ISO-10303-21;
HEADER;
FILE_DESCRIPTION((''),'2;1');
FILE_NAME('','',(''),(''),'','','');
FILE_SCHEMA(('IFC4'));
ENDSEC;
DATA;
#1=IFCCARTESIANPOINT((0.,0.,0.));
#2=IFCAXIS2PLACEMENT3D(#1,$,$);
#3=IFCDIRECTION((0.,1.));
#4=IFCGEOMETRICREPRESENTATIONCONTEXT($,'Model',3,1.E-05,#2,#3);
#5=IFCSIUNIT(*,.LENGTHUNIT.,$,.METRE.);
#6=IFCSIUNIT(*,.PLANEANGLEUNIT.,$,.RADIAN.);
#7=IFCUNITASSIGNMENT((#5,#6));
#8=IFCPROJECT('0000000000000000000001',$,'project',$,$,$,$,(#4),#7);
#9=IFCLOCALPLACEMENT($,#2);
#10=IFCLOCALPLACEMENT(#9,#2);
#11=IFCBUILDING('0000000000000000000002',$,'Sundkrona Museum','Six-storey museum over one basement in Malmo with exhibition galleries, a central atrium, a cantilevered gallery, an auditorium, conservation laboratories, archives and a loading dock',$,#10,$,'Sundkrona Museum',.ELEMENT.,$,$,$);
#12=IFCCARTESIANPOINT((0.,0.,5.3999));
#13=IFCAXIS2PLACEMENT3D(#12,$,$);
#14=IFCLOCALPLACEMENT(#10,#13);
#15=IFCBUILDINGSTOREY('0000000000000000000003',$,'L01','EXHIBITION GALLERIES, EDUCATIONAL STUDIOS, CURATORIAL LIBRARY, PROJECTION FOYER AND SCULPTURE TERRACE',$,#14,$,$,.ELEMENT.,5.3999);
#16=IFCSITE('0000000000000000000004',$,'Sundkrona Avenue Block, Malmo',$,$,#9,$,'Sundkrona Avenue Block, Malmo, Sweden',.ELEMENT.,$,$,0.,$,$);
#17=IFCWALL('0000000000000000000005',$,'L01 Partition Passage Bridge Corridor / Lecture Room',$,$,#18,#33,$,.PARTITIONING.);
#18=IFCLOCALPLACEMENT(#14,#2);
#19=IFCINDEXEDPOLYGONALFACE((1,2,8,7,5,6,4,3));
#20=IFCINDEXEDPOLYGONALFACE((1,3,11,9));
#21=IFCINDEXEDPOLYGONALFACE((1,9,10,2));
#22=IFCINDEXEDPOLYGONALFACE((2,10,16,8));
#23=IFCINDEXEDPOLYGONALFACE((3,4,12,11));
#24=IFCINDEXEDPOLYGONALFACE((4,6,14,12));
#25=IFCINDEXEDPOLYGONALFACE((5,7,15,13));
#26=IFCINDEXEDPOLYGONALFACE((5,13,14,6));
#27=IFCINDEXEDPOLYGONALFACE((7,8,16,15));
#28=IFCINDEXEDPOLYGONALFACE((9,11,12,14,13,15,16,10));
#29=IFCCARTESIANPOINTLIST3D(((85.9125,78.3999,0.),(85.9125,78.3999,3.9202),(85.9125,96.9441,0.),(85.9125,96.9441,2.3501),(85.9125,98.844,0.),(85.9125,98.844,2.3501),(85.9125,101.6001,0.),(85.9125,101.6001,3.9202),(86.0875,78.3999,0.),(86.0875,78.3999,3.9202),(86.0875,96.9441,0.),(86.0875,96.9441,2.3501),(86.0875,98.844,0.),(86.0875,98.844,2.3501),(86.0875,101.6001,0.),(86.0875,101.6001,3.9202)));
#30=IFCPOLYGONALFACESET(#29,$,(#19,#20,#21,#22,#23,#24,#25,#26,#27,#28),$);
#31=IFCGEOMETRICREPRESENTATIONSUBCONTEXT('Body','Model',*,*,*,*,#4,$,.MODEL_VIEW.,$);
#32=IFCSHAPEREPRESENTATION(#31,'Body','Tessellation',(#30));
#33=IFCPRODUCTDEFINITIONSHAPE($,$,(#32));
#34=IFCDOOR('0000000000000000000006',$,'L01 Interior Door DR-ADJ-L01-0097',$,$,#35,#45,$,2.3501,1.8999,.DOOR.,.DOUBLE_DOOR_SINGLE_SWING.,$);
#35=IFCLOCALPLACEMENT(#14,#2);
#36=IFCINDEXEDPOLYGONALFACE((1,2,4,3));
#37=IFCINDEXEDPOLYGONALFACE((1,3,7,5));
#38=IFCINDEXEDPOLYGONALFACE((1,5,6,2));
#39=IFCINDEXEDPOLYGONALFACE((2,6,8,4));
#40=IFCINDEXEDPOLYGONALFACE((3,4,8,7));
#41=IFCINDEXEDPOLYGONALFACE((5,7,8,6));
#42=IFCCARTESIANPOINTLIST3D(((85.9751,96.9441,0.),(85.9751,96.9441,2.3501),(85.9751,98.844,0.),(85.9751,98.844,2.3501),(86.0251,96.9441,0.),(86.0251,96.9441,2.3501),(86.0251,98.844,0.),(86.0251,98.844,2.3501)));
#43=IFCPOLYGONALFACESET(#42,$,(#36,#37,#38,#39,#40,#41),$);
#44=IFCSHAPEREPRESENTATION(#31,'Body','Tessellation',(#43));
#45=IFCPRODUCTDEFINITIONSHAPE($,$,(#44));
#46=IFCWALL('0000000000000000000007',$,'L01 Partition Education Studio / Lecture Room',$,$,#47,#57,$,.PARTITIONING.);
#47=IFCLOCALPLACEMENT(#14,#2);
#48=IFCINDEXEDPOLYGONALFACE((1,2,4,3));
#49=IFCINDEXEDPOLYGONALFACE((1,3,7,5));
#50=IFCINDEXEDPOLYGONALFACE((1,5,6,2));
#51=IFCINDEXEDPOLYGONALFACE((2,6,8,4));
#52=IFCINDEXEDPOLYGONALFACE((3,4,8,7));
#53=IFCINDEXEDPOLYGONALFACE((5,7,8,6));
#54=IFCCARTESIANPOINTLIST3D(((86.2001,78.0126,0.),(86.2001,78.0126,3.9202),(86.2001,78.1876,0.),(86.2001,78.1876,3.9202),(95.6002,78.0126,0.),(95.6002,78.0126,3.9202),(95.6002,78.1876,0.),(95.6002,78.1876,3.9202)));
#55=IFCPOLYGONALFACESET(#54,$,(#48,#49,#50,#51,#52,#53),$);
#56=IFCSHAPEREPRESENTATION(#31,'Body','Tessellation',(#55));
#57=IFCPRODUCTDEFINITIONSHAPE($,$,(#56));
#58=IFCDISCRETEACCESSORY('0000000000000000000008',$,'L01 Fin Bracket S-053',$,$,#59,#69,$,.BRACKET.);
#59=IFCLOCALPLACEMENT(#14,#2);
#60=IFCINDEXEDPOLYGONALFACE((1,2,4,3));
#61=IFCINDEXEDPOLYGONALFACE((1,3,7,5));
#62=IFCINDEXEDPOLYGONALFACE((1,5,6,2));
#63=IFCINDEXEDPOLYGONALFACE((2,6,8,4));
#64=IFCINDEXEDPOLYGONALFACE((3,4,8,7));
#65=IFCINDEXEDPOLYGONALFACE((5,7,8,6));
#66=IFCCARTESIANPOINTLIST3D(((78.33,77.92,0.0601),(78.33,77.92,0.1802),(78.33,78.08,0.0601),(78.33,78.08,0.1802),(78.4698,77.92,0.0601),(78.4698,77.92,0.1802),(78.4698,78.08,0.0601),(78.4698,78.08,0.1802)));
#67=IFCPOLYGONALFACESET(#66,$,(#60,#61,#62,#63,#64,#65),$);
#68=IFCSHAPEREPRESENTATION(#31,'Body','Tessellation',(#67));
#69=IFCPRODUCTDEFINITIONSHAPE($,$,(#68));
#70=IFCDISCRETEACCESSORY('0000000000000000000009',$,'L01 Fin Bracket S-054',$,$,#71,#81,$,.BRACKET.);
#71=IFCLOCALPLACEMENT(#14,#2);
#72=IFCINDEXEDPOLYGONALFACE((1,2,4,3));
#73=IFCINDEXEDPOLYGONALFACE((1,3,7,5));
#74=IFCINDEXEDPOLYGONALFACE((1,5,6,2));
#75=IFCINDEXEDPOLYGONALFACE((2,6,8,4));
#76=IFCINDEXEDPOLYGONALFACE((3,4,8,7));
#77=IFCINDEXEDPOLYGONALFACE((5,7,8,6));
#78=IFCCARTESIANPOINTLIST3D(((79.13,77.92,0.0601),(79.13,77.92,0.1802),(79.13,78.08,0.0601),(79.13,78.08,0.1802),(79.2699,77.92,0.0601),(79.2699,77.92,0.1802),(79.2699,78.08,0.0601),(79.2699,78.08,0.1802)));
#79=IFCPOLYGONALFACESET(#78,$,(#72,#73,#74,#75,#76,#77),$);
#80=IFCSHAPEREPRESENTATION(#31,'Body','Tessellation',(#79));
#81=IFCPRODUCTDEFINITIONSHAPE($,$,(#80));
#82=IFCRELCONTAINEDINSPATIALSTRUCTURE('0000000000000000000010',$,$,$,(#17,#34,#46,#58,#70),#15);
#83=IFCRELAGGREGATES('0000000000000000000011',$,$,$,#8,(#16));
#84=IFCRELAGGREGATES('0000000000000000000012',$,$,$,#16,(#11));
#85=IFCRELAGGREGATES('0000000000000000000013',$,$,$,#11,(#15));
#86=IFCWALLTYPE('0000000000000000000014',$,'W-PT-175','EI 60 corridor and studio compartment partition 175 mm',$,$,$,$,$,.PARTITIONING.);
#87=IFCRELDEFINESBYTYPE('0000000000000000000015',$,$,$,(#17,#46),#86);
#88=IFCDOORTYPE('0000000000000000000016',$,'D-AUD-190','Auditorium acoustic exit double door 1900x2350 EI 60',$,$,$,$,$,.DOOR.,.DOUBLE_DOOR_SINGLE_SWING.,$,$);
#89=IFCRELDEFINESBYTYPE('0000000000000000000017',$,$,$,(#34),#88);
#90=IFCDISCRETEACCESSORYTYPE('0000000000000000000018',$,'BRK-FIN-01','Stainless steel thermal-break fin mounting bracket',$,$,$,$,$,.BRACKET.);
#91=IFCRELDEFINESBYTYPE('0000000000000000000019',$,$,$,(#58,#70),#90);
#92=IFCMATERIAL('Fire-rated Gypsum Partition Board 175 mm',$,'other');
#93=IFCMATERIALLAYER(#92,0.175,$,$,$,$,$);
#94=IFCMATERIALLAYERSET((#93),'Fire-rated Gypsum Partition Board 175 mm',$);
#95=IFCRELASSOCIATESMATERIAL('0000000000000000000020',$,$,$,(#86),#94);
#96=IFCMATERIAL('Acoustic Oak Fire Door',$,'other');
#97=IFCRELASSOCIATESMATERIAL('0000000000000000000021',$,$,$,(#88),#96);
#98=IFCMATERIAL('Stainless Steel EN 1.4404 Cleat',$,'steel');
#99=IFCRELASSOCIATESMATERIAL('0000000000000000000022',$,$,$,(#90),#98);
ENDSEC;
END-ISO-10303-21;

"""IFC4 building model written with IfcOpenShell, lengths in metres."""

from ifc_helpers import new_model, si_unit, direction, frame, frame_2d, origin, origin_2d, place, context, subcontext, project, spatial, rectangle, extrude, material, layer, layer_set, type_object, element, fill, save


model = new_model("IFC4")

# Units and contexts
model_context = context("Model", 3, precision=1e-05, world=origin(), true_north=direction((0.0, 1.0)))
body_context = subcontext(model_context, "Body", "Model", "MODEL_VIEW")
ifc_project = project(units=[si_unit("LENGTHUNIT", "METRE"), si_unit("PLANEANGLEUNIT", "RADIAN")], contexts=[model_context])

# Site, building, storey
site_placement = place(None, origin())
site = spatial("IfcSite", under=ifc_project, at=site_placement, Name="Sundkrona Avenue Block, Malmo", LongName="Sundkrona Avenue Block, Malmo, Sweden", CompositionType="ELEMENT", RefElevation=0.0)
building_placement = place(site_placement, origin())
building = spatial("IfcBuilding", under=site, at=building_placement, Name="Sundkrona Museum", Description="Six-storey museum over one basement in Malmo with exhibition galleries, a central atrium, a cantilevered gallery, an auditorium, conservation laboratories, archives and a loading dock", LongName="Sundkrona Museum", CompositionType="ELEMENT")
storey_placement = place(building_placement, frame((0.0, 0.0, 5.3999)))
storey = spatial("IfcBuildingStorey", under=building, at=storey_placement, Name="L01", Description="EXHIBITION GALLERIES, EDUCATIONAL STUDIOS, CURATORIAL LIBRARY, PROJECTION FOYER AND SCULPTURE TERRACE", CompositionType="ELEMENT", Elevation=5.3999)

# Wall, opening, door
ifc_material_1 = material(Name="Fire-rated Gypsum Partition Board 175 mm", Category="other")
ifc_layer_1 = layer(ifc_material_1, 0.175)
ifc_layer_set_1 = layer_set([ifc_layer_1], Name="Fire-rated Gypsum Partition Board 175 mm")
wall_type_1 = type_object("IfcWallType", Name="W-PT-175", Description="EI 60 corridor and studio compartment partition 175 mm", PredefinedType="PARTITIONING", material=ifc_layer_set_1)
wall_1_placement = place(storey_placement, frame((86.0, 78.3999, 0.0), z_axis=(0.0, 0.0, 1.0), x_axis=(0.0, 1.0, 0.0)))
wall_1 = element("IfcWall", 1, at=wall_1_placement, inside=storey, type_object=wall_type_1, Name="L01 Partition Passage Bridge Corridor / Lecture Room", PredefinedType="PARTITIONING", context=body_context, shape_type="SweptSolid", body=[
    extrude(rectangle(XDim=23.2002, YDim=0.175, at=frame_2d((11.6001, 0.0))), origin(), (0.0, 0.0, 1.0), 3.9202),
])
opening_1_placement = place(wall_1_placement, frame((18.5442, 0.0, 0.0)))
opening_1 = element("IfcOpeningElement", 2, at=opening_1_placement, cuts=wall_1, PredefinedType="OPENING", context=body_context, shape_type="SweptSolid", body=[
    extrude(rectangle(XDim=1.8999, YDim=2.3501, at=frame_2d((0.95, 1.175))), frame((0.0, 0.0974, 0.0), z_axis=(0.0, -1.0, 0.0), x_axis=(1.0, 0.0, 0.0)), (0.0, 0.0, 1.0), 0.1951),
])
ifc_material_2 = material(Name="Acoustic Oak Fire Door", Category="other")
door_type = type_object("IfcDoorType", Name="D-AUD-190", Description="Auditorium acoustic exit double door 1900x2350 EI 60", OperationType="DOUBLE_DOOR_SINGLE_SWING", PredefinedType="DOOR", material=ifc_material_2)
door_placement = place(opening_1_placement, origin())
door = element("IfcDoor", 3, at=door_placement, inside=storey, type_object=door_type, Name="L01 Interior Door DR-ADJ-L01-0097", OperationType="DOUBLE_DOOR_SINGLE_SWING", OverallHeight=2.3501, OverallWidth=1.8999, PredefinedType="DOOR", context=body_context, shape_type="SweptSolid", body=[
    extrude(rectangle(XDim=1.8999, YDim=2.3501, at=frame_2d((0.95, 1.175))), frame((0.0, 0.0249, 0.0), z_axis=(0.0, -1.0, 0.0), x_axis=(1.0, 0.0, 0.0)), (0.0, 0.0, 1.0), 0.05),
])
fill(opening_1, door)

# Wall
wall_2_placement = place(storey_placement, frame((86.2, 78.1001, 0.0), z_axis=(0.0, 0.0, 1.0), x_axis=(1.0, 0.0, 0.0)))
element("IfcWall", 4, at=wall_2_placement, inside=storey, type_object=wall_type_1, Name="L01 Partition Education Studio / Lecture Room", PredefinedType="PARTITIONING", context=body_context, shape_type="SweptSolid", body=[
    extrude(rectangle(XDim=9.4001, YDim=0.175, at=frame_2d((4.7002, 0.0))), origin(), (0.0, 0.0, 1.0), 3.9202),
])

# Discrete accessories
ifc_material_3 = material(Name="Stainless Steel EN 1.4404 Cleat", Category="steel")
discrete_accessory_type = type_object("IfcDiscreteAccessoryType", Name="BRK-FIN-01", Description="Stainless steel thermal-break fin mounting bracket", PredefinedType="BRACKET", material=ifc_material_3)
for number, where, z_axis, x_axis, name in (
    (5, (78.3999, 78.0, 0.0601), (0.0, 0.0, 1.0), (1.0, 0.0, 0.0), "L01 Fin Bracket S-053"),
    (6, (79.2, 78.0, 0.0601), (0.0, 0.0, 1.0), (1.0, 0.0, 0.0), "L01 Fin Bracket S-054"),
):
    element("IfcDiscreteAccessory", number, at=place(storey_placement, frame(where, z_axis=z_axis, x_axis=x_axis)), inside=storey, type_object=discrete_accessory_type, Name=name, PredefinedType="BRACKET", context=body_context, shape_type="SweptSolid", body=[
        extrude(rectangle(XDim=0.1399, YDim=0.1599, at=origin_2d()), origin(), (0.0, 0.0, 1.0), 0.1201),
    ])

save(model, "model.ifc")
